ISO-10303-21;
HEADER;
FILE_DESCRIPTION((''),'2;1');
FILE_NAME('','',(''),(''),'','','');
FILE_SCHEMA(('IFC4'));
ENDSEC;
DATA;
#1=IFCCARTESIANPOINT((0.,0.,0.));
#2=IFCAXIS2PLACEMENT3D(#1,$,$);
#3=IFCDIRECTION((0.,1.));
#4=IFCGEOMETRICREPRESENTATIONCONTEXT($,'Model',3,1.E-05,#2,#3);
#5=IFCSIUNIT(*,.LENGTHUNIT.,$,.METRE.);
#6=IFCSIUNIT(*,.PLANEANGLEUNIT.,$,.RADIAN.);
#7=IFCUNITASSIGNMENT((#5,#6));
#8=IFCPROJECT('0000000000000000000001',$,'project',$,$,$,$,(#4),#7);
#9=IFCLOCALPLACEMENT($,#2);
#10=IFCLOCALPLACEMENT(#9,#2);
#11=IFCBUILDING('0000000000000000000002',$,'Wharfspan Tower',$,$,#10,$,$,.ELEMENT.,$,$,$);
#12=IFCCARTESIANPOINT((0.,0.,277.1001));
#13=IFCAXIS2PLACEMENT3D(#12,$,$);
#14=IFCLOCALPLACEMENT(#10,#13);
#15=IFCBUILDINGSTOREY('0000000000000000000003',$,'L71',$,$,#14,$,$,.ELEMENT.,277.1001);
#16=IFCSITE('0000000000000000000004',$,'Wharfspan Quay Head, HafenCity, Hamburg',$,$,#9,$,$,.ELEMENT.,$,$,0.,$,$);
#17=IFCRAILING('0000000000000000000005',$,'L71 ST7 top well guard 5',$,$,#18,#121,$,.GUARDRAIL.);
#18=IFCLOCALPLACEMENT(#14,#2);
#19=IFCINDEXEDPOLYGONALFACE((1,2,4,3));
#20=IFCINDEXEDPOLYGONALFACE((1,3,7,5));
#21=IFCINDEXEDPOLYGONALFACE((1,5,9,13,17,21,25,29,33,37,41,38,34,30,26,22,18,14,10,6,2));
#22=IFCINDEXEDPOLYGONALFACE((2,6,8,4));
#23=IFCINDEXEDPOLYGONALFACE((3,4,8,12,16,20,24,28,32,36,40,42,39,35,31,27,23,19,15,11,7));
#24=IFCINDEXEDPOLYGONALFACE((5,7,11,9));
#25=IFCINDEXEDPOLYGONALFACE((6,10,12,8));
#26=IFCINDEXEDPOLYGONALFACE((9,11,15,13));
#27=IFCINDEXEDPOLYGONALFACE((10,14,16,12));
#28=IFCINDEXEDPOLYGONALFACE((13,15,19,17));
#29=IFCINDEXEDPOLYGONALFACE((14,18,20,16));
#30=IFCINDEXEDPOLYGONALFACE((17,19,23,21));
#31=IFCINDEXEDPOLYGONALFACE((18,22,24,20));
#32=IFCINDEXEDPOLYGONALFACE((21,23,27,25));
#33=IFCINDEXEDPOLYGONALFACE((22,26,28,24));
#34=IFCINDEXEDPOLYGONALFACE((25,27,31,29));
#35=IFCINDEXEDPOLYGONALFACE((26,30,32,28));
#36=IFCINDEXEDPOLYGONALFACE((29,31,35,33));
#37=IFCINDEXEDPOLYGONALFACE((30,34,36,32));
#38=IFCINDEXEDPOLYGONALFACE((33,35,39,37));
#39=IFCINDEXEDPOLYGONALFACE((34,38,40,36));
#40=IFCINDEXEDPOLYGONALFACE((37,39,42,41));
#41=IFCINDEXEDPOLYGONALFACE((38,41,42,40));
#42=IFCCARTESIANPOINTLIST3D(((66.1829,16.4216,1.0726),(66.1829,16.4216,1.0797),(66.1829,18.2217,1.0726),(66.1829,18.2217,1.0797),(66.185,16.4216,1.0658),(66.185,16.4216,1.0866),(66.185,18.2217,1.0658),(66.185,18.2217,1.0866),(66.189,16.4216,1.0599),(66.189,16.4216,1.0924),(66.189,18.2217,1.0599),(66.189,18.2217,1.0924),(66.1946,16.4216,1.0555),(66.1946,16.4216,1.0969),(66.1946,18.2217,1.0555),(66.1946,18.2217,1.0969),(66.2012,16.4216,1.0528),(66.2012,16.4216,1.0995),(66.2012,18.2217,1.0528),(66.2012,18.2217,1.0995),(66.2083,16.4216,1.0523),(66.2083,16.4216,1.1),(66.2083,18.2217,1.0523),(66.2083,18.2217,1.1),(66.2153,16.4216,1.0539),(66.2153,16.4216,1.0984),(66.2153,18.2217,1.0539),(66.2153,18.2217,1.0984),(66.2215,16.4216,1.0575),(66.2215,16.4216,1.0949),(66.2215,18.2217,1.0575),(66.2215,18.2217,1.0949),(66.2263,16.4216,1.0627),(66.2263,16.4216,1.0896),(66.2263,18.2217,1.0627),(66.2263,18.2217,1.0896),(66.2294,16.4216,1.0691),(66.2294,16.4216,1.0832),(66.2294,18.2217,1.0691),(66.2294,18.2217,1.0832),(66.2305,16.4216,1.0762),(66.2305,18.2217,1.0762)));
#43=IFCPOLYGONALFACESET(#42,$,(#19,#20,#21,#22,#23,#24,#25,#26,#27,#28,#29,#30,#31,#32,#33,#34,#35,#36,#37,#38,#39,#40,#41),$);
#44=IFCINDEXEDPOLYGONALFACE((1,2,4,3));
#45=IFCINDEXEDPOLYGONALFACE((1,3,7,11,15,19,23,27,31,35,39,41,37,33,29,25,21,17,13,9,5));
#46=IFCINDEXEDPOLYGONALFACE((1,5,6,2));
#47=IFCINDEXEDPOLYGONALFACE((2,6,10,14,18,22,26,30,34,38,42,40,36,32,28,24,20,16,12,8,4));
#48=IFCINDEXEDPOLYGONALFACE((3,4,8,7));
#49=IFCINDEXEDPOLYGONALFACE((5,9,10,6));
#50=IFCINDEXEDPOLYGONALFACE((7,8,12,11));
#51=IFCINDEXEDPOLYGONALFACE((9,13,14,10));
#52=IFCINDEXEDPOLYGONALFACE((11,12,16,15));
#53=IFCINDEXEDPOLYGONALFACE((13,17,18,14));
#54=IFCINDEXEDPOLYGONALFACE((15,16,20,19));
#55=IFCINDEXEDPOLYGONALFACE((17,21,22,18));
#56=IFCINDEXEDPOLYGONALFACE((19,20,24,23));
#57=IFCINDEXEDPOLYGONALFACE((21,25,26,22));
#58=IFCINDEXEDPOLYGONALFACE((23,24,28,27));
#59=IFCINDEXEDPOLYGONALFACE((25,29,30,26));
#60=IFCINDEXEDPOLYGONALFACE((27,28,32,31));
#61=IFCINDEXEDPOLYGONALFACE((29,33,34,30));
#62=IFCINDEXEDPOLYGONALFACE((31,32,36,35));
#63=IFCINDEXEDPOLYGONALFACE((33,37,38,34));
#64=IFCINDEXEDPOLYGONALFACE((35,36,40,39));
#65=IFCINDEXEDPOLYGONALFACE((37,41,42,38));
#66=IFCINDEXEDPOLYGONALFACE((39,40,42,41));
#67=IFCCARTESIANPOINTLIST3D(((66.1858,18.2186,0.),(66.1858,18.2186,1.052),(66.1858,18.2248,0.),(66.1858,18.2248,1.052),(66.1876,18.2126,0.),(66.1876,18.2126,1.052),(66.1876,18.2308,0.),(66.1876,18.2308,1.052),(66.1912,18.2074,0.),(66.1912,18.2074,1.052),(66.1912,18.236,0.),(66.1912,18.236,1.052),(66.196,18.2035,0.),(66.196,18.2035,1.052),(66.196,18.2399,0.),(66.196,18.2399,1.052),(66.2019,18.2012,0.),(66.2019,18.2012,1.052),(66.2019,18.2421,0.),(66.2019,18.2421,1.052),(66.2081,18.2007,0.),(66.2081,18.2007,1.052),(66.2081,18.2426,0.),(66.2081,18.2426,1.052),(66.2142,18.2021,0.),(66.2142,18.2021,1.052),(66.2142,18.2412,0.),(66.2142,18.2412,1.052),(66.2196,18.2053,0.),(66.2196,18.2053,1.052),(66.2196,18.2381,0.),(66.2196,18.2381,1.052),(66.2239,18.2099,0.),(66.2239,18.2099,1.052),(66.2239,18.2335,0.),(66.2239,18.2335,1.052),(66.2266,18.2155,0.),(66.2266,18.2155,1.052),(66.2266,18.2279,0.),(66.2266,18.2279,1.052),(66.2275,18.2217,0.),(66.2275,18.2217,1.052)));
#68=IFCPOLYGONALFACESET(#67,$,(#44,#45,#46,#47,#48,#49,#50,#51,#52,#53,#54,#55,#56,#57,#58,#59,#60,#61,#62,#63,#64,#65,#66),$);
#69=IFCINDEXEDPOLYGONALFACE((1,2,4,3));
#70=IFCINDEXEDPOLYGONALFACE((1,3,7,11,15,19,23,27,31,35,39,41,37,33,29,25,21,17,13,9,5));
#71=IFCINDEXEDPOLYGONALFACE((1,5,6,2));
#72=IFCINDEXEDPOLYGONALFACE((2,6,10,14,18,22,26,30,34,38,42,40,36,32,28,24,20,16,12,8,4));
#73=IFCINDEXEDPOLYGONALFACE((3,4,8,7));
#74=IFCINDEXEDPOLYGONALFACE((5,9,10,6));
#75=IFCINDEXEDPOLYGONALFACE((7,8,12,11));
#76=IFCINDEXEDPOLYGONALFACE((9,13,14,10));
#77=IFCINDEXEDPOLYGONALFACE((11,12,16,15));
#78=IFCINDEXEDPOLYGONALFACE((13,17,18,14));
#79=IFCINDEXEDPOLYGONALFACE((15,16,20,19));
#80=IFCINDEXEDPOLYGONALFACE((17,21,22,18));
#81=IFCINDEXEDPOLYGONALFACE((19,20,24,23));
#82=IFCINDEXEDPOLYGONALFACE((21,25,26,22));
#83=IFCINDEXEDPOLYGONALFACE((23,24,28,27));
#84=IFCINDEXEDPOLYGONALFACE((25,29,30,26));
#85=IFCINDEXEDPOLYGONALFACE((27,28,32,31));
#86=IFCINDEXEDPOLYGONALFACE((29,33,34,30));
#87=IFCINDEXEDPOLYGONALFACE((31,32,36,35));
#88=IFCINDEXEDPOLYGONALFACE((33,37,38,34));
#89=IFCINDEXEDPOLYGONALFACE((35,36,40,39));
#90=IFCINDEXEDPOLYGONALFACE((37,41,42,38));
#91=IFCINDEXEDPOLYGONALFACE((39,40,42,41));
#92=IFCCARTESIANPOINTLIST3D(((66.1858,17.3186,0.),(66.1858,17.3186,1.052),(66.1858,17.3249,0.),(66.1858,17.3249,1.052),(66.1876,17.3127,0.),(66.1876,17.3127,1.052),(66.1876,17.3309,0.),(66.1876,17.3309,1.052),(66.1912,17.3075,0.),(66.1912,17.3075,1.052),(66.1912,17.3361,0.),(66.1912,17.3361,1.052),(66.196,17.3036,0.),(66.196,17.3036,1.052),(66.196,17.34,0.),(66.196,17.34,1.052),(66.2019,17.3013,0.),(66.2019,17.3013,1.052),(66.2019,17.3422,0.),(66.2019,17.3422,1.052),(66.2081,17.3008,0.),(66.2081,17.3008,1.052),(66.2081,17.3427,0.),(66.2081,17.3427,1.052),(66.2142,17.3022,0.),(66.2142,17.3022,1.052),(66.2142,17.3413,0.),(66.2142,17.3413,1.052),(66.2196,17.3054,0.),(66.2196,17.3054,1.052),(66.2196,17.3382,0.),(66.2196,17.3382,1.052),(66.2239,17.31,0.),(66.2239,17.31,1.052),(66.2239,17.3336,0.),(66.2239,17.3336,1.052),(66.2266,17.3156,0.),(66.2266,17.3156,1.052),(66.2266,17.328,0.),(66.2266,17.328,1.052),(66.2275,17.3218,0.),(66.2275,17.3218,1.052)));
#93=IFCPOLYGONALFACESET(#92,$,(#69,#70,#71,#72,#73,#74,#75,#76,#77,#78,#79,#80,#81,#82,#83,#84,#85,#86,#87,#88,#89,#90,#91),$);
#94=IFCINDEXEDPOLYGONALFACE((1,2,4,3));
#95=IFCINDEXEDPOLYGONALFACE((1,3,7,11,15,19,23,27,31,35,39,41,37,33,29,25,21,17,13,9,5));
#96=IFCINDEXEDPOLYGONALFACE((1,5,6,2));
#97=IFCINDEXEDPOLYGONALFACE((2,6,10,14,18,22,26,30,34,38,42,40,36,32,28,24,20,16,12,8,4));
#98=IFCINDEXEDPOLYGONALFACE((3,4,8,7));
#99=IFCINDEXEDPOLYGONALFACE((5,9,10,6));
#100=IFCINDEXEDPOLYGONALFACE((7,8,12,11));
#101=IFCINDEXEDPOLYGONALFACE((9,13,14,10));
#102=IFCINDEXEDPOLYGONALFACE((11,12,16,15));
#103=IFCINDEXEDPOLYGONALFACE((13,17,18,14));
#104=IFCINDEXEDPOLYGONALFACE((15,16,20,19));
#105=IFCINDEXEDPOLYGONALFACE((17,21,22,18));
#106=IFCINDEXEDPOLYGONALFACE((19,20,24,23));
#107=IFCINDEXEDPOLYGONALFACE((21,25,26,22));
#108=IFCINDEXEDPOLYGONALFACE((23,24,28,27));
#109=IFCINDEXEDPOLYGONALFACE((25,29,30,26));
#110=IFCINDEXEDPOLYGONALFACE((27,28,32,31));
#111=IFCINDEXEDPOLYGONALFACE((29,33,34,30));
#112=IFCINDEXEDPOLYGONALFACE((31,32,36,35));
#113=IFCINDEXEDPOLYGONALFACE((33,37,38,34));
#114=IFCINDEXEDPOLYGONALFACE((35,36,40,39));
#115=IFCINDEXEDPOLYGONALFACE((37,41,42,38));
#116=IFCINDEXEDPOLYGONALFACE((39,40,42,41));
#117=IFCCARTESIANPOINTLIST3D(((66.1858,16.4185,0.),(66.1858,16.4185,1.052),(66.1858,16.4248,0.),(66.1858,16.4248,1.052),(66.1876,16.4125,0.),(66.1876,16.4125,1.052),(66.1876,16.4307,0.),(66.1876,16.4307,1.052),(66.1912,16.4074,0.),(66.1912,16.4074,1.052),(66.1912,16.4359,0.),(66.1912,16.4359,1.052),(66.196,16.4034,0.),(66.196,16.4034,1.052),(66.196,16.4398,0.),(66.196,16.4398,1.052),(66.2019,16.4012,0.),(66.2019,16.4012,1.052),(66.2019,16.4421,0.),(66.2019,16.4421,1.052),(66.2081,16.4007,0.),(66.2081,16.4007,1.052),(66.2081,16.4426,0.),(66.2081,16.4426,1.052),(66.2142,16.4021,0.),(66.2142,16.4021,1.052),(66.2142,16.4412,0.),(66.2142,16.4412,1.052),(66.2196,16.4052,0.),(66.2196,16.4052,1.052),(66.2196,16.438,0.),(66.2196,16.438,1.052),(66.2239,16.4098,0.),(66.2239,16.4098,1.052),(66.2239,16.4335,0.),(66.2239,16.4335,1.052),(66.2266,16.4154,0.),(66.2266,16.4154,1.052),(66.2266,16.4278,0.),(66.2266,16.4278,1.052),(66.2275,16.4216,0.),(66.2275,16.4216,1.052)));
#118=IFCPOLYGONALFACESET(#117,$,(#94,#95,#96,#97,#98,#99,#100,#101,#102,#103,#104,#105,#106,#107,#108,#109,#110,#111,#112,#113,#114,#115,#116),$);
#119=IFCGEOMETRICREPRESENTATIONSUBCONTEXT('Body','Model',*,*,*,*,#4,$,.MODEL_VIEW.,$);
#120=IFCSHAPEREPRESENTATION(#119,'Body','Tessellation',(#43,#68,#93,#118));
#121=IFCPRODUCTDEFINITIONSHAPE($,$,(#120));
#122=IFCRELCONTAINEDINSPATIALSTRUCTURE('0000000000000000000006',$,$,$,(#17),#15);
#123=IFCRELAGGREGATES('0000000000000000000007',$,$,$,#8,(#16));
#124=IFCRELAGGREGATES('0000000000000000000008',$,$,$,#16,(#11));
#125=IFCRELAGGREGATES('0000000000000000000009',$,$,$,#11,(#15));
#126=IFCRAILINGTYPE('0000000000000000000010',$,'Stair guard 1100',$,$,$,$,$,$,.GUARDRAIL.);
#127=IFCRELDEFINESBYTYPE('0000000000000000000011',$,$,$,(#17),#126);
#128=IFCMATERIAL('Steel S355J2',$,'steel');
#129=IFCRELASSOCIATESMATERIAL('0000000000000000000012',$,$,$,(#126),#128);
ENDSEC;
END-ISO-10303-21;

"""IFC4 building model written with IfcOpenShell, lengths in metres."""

from ifc_helpers import new_model, si_unit, direction, frame, origin, origin_2d, place, context, subcontext, project, spatial, circle, extrude, material, type_object, element, save


model = new_model("IFC4")

# Units and contexts
model_context = context("Model", 3, precision=1e-05, world=origin(), true_north=direction((0.0, 1.0)))
body_context = subcontext(model_context, "Body", "Model", "MODEL_VIEW")
ifc_project = project(units=[si_unit("LENGTHUNIT", "METRE"), si_unit("PLANEANGLEUNIT", "RADIAN")], contexts=[model_context])

# Site, building, storey
site_placement = place(None, origin())
site = spatial("IfcSite", under=ifc_project, at=site_placement, Name="Wharfspan Quay Head, HafenCity, Hamburg", CompositionType="ELEMENT", RefElevation=0.0)
building_placement = place(site_placement, origin())
building = spatial("IfcBuilding", under=site, at=building_placement, Name="Wharfspan Tower", CompositionType="ELEMENT")
storey_placement = place(building_placement, frame((0.0, 0.0, 277.1001)))
storey = spatial("IfcBuildingStorey", under=building, at=storey_placement, Name="L71", CompositionType="ELEMENT", Elevation=277.1001)

# Shared definitions
ifc_material_1 = material(Name="Steel S355J2", Category="steel")

# Railing
railing_type = type_object("IfcRailingType", Name="Stair guard 1100", PredefinedType="GUARDRAIL", material=ifc_material_1)
railing_1_placement = place(storey_placement, frame((66.2065, 18.2217, 0.0)))
element("IfcRailing", 1, at=railing_1_placement, inside=storey, type_object=railing_type, Name="L71 ST7 top well guard 5", PredefinedType="GUARDRAIL", context=body_context, shape_type="SweptSolid", body=[
    extrude(circle(Radius=0.0239, at=origin_2d()), frame((0.0, 0.0, 1.0762), z_axis=(0.0, -1.0, 0.0), x_axis=(1.0, 0.0, 0.0)), (0.0, 0.0, 1.0), 1.8),
    extrude(circle(Radius=0.021, at=origin_2d()), origin(), (0.0, 0.0, 1.0), 1.052),
    extrude(circle(Radius=0.021, at=origin_2d()), frame((0.0, -0.8999, 0.0)), (0.0, 0.0, 1.0), 1.052),
    extrude(circle(Radius=0.021, at=origin_2d()), frame((0.0, -1.8, 0.0)), (0.0, 0.0, 1.0), 1.052),
])

save(model, "model.ifc")
